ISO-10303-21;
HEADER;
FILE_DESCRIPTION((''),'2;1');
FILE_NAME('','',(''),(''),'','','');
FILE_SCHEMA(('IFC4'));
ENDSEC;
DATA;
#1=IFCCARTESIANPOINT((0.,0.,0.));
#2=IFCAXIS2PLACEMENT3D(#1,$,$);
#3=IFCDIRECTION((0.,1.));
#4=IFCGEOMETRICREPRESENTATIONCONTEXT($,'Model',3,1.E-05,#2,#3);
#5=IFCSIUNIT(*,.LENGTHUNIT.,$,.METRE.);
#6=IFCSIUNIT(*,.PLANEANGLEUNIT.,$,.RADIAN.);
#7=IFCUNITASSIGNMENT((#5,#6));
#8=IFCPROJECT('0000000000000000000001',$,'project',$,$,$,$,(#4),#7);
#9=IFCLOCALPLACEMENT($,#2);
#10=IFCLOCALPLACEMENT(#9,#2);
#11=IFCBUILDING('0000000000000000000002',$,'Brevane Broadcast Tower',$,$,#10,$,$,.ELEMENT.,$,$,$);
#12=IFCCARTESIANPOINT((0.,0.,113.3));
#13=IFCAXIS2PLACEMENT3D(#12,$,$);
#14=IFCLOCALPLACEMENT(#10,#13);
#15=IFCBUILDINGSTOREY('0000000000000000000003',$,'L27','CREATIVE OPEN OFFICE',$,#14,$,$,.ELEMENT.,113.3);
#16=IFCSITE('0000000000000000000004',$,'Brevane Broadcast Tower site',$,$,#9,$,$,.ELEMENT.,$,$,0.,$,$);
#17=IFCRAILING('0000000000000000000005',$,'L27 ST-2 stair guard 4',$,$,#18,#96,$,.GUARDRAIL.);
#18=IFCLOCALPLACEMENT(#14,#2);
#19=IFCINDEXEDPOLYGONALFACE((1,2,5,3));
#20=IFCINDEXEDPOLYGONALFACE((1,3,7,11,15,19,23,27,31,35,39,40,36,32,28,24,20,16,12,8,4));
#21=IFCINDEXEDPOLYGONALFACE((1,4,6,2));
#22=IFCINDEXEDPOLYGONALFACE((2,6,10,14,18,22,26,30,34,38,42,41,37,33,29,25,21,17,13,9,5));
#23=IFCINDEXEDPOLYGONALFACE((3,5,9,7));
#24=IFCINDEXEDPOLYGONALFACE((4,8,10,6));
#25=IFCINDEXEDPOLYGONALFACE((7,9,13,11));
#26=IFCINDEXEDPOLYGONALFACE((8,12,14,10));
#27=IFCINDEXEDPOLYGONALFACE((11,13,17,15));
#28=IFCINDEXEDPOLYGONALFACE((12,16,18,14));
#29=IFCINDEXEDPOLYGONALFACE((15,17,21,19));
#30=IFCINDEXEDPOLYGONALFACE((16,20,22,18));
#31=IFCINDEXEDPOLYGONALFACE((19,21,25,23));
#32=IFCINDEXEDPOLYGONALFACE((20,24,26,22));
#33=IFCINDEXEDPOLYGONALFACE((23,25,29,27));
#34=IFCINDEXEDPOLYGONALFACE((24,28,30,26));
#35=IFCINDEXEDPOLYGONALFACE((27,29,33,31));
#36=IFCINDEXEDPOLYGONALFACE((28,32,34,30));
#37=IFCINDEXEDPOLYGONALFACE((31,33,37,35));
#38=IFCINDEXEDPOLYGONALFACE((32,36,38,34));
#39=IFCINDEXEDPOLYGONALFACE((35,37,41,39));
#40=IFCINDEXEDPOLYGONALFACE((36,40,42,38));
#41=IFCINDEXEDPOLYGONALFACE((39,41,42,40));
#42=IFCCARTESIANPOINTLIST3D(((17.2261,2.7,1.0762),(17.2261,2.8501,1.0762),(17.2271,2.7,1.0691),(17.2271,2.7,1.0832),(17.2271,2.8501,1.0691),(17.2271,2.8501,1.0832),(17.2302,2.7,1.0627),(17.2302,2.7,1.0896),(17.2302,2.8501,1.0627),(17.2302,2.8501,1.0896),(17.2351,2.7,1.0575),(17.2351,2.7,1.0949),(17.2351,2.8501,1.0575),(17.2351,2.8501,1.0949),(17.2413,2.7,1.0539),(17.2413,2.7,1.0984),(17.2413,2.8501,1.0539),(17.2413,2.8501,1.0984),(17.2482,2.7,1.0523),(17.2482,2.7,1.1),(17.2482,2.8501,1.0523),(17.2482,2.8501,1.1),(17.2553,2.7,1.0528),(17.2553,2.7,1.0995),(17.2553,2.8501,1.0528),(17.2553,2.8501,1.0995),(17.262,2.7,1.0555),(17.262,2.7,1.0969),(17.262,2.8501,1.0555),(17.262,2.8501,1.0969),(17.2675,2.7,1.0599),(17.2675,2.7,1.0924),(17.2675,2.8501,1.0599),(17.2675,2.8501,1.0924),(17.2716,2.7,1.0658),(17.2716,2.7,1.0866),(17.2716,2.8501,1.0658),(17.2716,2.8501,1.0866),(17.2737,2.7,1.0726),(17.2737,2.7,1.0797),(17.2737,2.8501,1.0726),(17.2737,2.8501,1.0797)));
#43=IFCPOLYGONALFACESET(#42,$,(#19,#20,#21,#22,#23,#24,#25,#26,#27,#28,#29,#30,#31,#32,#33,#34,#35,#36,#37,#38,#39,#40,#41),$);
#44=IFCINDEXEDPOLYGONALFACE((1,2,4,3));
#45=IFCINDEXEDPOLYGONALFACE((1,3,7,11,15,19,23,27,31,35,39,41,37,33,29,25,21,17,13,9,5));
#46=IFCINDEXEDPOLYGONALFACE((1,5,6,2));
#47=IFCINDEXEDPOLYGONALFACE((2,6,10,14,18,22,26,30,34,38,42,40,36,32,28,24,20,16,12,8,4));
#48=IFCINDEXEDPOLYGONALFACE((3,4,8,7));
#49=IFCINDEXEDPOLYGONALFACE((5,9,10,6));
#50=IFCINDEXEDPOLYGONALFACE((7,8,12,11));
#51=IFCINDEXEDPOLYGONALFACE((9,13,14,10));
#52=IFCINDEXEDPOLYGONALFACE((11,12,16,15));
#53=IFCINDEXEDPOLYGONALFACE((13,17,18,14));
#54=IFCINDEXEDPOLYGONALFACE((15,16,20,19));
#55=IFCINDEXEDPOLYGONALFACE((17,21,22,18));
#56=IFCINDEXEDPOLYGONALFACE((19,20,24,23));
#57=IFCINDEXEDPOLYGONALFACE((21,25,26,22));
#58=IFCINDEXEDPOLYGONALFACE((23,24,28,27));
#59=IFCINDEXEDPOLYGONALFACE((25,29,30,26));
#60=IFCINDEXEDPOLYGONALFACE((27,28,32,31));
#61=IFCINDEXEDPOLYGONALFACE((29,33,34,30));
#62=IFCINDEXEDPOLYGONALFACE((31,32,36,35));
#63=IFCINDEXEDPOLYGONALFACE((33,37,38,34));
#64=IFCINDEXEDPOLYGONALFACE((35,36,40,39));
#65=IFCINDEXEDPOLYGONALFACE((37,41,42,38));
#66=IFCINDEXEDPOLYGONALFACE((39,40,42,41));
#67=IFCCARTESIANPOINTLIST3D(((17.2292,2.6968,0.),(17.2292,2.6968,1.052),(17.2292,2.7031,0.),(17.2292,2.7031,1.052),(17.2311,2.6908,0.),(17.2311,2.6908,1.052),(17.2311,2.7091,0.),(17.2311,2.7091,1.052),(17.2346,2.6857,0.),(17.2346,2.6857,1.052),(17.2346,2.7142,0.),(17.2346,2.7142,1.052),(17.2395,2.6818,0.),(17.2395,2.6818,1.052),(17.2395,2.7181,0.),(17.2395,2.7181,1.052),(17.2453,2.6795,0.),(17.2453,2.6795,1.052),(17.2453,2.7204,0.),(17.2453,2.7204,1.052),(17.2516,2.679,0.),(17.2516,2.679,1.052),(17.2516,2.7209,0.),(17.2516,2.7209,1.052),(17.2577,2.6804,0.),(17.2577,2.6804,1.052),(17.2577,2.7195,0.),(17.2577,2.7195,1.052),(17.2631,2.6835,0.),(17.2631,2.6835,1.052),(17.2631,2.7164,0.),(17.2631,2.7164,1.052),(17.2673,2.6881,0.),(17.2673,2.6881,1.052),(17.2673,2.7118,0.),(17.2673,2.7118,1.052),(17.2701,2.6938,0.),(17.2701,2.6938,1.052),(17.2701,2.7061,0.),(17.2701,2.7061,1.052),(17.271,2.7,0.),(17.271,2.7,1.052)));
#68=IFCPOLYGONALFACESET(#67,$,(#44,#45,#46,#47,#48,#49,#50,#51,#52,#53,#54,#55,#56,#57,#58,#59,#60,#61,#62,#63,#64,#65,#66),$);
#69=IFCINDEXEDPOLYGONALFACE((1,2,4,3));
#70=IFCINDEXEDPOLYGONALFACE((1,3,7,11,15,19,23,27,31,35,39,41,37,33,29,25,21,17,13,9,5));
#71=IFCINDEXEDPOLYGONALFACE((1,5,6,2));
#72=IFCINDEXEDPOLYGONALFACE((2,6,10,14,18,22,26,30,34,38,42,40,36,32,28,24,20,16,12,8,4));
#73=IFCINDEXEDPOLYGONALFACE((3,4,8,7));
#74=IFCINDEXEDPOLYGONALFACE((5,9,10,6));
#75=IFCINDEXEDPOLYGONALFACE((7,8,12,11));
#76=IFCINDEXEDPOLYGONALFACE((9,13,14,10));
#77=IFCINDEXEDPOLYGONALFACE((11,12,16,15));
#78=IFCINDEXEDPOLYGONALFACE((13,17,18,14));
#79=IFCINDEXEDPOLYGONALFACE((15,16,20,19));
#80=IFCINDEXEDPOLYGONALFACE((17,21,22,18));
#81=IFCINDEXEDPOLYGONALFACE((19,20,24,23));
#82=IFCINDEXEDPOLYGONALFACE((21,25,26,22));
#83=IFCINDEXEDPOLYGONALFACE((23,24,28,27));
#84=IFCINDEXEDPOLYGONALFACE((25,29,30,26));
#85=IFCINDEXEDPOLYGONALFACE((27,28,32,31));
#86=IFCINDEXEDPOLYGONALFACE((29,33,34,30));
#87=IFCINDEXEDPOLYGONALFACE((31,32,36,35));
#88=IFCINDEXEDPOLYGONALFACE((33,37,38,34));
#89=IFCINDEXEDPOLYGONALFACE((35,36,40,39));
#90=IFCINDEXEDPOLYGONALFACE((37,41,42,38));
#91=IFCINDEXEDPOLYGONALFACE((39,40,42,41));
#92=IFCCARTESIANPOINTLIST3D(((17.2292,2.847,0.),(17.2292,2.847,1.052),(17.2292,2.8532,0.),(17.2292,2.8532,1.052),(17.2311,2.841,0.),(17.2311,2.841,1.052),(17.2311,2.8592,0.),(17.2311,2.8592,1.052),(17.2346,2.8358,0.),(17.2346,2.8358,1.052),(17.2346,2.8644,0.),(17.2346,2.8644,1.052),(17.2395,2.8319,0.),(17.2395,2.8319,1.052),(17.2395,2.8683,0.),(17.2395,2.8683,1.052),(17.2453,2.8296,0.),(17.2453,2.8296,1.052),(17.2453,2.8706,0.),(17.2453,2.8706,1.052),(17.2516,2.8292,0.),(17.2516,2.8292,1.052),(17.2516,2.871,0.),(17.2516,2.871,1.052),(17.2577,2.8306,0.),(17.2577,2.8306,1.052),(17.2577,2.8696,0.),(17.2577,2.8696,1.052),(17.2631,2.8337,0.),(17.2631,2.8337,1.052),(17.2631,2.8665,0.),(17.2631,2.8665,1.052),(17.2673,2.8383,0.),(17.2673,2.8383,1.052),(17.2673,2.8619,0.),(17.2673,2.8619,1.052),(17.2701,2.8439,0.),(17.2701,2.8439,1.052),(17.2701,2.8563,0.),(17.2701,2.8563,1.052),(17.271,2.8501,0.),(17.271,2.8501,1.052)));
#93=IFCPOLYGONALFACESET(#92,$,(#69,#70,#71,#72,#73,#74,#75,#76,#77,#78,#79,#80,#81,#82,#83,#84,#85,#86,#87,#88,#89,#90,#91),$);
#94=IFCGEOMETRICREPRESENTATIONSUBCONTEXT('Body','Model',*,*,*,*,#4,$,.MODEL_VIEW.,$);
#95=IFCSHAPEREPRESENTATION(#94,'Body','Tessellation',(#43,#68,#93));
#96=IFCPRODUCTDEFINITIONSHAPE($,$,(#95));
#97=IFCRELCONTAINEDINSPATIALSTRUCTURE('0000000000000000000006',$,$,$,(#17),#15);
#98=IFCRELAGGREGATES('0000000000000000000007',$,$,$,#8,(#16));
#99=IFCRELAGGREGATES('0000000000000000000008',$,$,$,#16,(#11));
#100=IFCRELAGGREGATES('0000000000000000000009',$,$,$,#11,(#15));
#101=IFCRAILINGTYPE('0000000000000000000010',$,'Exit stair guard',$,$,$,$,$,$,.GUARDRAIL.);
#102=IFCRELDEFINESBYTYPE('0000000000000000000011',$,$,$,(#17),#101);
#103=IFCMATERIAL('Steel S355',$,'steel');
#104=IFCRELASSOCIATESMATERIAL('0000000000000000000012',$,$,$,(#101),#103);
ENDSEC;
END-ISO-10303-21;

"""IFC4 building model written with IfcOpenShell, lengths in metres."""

from ifc_helpers import new_model, si_unit, direction, frame, origin, origin_2d, place, context, subcontext, project, spatial, circle, extrude, material, type_object, element, save


model = new_model("IFC4")

# Units and contexts
model_context = context("Model", 3, precision=1e-05, world=origin(), true_north=direction((0.0, 1.0)))
body_context = subcontext(model_context, "Body", "Model", "MODEL_VIEW")
ifc_project = project(units=[si_unit("LENGTHUNIT", "METRE"), si_unit("PLANEANGLEUNIT", "RADIAN")], contexts=[model_context])

# Site, building, storey
site_placement = place(None, origin())
site = spatial("IfcSite", under=ifc_project, at=site_placement, Name="Brevane Broadcast Tower site", CompositionType="ELEMENT", RefElevation=0.0)
building_placement = place(site_placement, origin())
building = spatial("IfcBuilding", under=site, at=building_placement, Name="Brevane Broadcast Tower", CompositionType="ELEMENT")
storey_placement = place(building_placement, frame((0.0, 0.0, 113.3)))
storey = spatial("IfcBuildingStorey", under=building, at=storey_placement, Name="L27", Description="CREATIVE OPEN OFFICE", CompositionType="ELEMENT", Elevation=113.3)

# Railing
ifc_material_1 = material(Name="Steel S355", Category="steel")
railing_type_1 = type_object("IfcRailingType", Name="Exit stair guard", PredefinedType="GUARDRAIL", material=ifc_material_1)
railing_1_placement = place(storey_placement, frame((17.25, 2.7, 0.0)))
element("IfcRailing", 1, at=railing_1_placement, inside=storey, type_object=railing_type_1, Name="L27 ST-2 stair guard 4", PredefinedType="GUARDRAIL", context=body_context, shape_type="SweptSolid", body=[
    extrude(circle(Radius=0.0239, at=origin_2d()), frame((0.0, 0.0, 1.0762), z_axis=(0.0, 1.0, 0.0), x_axis=(-1.0, 0.0, 0.0)), (0.0, 0.0, 1.0), 0.1501),
    extrude(circle(Radius=0.021, at=origin_2d()), origin(), (0.0, 0.0, 1.0), 1.052),
    extrude(circle(Radius=0.021, at=origin_2d()), frame((0.0, 0.1501, 0.0)), (0.0, 0.0, 1.0), 1.052),
])

save(model, "model.ifc")
